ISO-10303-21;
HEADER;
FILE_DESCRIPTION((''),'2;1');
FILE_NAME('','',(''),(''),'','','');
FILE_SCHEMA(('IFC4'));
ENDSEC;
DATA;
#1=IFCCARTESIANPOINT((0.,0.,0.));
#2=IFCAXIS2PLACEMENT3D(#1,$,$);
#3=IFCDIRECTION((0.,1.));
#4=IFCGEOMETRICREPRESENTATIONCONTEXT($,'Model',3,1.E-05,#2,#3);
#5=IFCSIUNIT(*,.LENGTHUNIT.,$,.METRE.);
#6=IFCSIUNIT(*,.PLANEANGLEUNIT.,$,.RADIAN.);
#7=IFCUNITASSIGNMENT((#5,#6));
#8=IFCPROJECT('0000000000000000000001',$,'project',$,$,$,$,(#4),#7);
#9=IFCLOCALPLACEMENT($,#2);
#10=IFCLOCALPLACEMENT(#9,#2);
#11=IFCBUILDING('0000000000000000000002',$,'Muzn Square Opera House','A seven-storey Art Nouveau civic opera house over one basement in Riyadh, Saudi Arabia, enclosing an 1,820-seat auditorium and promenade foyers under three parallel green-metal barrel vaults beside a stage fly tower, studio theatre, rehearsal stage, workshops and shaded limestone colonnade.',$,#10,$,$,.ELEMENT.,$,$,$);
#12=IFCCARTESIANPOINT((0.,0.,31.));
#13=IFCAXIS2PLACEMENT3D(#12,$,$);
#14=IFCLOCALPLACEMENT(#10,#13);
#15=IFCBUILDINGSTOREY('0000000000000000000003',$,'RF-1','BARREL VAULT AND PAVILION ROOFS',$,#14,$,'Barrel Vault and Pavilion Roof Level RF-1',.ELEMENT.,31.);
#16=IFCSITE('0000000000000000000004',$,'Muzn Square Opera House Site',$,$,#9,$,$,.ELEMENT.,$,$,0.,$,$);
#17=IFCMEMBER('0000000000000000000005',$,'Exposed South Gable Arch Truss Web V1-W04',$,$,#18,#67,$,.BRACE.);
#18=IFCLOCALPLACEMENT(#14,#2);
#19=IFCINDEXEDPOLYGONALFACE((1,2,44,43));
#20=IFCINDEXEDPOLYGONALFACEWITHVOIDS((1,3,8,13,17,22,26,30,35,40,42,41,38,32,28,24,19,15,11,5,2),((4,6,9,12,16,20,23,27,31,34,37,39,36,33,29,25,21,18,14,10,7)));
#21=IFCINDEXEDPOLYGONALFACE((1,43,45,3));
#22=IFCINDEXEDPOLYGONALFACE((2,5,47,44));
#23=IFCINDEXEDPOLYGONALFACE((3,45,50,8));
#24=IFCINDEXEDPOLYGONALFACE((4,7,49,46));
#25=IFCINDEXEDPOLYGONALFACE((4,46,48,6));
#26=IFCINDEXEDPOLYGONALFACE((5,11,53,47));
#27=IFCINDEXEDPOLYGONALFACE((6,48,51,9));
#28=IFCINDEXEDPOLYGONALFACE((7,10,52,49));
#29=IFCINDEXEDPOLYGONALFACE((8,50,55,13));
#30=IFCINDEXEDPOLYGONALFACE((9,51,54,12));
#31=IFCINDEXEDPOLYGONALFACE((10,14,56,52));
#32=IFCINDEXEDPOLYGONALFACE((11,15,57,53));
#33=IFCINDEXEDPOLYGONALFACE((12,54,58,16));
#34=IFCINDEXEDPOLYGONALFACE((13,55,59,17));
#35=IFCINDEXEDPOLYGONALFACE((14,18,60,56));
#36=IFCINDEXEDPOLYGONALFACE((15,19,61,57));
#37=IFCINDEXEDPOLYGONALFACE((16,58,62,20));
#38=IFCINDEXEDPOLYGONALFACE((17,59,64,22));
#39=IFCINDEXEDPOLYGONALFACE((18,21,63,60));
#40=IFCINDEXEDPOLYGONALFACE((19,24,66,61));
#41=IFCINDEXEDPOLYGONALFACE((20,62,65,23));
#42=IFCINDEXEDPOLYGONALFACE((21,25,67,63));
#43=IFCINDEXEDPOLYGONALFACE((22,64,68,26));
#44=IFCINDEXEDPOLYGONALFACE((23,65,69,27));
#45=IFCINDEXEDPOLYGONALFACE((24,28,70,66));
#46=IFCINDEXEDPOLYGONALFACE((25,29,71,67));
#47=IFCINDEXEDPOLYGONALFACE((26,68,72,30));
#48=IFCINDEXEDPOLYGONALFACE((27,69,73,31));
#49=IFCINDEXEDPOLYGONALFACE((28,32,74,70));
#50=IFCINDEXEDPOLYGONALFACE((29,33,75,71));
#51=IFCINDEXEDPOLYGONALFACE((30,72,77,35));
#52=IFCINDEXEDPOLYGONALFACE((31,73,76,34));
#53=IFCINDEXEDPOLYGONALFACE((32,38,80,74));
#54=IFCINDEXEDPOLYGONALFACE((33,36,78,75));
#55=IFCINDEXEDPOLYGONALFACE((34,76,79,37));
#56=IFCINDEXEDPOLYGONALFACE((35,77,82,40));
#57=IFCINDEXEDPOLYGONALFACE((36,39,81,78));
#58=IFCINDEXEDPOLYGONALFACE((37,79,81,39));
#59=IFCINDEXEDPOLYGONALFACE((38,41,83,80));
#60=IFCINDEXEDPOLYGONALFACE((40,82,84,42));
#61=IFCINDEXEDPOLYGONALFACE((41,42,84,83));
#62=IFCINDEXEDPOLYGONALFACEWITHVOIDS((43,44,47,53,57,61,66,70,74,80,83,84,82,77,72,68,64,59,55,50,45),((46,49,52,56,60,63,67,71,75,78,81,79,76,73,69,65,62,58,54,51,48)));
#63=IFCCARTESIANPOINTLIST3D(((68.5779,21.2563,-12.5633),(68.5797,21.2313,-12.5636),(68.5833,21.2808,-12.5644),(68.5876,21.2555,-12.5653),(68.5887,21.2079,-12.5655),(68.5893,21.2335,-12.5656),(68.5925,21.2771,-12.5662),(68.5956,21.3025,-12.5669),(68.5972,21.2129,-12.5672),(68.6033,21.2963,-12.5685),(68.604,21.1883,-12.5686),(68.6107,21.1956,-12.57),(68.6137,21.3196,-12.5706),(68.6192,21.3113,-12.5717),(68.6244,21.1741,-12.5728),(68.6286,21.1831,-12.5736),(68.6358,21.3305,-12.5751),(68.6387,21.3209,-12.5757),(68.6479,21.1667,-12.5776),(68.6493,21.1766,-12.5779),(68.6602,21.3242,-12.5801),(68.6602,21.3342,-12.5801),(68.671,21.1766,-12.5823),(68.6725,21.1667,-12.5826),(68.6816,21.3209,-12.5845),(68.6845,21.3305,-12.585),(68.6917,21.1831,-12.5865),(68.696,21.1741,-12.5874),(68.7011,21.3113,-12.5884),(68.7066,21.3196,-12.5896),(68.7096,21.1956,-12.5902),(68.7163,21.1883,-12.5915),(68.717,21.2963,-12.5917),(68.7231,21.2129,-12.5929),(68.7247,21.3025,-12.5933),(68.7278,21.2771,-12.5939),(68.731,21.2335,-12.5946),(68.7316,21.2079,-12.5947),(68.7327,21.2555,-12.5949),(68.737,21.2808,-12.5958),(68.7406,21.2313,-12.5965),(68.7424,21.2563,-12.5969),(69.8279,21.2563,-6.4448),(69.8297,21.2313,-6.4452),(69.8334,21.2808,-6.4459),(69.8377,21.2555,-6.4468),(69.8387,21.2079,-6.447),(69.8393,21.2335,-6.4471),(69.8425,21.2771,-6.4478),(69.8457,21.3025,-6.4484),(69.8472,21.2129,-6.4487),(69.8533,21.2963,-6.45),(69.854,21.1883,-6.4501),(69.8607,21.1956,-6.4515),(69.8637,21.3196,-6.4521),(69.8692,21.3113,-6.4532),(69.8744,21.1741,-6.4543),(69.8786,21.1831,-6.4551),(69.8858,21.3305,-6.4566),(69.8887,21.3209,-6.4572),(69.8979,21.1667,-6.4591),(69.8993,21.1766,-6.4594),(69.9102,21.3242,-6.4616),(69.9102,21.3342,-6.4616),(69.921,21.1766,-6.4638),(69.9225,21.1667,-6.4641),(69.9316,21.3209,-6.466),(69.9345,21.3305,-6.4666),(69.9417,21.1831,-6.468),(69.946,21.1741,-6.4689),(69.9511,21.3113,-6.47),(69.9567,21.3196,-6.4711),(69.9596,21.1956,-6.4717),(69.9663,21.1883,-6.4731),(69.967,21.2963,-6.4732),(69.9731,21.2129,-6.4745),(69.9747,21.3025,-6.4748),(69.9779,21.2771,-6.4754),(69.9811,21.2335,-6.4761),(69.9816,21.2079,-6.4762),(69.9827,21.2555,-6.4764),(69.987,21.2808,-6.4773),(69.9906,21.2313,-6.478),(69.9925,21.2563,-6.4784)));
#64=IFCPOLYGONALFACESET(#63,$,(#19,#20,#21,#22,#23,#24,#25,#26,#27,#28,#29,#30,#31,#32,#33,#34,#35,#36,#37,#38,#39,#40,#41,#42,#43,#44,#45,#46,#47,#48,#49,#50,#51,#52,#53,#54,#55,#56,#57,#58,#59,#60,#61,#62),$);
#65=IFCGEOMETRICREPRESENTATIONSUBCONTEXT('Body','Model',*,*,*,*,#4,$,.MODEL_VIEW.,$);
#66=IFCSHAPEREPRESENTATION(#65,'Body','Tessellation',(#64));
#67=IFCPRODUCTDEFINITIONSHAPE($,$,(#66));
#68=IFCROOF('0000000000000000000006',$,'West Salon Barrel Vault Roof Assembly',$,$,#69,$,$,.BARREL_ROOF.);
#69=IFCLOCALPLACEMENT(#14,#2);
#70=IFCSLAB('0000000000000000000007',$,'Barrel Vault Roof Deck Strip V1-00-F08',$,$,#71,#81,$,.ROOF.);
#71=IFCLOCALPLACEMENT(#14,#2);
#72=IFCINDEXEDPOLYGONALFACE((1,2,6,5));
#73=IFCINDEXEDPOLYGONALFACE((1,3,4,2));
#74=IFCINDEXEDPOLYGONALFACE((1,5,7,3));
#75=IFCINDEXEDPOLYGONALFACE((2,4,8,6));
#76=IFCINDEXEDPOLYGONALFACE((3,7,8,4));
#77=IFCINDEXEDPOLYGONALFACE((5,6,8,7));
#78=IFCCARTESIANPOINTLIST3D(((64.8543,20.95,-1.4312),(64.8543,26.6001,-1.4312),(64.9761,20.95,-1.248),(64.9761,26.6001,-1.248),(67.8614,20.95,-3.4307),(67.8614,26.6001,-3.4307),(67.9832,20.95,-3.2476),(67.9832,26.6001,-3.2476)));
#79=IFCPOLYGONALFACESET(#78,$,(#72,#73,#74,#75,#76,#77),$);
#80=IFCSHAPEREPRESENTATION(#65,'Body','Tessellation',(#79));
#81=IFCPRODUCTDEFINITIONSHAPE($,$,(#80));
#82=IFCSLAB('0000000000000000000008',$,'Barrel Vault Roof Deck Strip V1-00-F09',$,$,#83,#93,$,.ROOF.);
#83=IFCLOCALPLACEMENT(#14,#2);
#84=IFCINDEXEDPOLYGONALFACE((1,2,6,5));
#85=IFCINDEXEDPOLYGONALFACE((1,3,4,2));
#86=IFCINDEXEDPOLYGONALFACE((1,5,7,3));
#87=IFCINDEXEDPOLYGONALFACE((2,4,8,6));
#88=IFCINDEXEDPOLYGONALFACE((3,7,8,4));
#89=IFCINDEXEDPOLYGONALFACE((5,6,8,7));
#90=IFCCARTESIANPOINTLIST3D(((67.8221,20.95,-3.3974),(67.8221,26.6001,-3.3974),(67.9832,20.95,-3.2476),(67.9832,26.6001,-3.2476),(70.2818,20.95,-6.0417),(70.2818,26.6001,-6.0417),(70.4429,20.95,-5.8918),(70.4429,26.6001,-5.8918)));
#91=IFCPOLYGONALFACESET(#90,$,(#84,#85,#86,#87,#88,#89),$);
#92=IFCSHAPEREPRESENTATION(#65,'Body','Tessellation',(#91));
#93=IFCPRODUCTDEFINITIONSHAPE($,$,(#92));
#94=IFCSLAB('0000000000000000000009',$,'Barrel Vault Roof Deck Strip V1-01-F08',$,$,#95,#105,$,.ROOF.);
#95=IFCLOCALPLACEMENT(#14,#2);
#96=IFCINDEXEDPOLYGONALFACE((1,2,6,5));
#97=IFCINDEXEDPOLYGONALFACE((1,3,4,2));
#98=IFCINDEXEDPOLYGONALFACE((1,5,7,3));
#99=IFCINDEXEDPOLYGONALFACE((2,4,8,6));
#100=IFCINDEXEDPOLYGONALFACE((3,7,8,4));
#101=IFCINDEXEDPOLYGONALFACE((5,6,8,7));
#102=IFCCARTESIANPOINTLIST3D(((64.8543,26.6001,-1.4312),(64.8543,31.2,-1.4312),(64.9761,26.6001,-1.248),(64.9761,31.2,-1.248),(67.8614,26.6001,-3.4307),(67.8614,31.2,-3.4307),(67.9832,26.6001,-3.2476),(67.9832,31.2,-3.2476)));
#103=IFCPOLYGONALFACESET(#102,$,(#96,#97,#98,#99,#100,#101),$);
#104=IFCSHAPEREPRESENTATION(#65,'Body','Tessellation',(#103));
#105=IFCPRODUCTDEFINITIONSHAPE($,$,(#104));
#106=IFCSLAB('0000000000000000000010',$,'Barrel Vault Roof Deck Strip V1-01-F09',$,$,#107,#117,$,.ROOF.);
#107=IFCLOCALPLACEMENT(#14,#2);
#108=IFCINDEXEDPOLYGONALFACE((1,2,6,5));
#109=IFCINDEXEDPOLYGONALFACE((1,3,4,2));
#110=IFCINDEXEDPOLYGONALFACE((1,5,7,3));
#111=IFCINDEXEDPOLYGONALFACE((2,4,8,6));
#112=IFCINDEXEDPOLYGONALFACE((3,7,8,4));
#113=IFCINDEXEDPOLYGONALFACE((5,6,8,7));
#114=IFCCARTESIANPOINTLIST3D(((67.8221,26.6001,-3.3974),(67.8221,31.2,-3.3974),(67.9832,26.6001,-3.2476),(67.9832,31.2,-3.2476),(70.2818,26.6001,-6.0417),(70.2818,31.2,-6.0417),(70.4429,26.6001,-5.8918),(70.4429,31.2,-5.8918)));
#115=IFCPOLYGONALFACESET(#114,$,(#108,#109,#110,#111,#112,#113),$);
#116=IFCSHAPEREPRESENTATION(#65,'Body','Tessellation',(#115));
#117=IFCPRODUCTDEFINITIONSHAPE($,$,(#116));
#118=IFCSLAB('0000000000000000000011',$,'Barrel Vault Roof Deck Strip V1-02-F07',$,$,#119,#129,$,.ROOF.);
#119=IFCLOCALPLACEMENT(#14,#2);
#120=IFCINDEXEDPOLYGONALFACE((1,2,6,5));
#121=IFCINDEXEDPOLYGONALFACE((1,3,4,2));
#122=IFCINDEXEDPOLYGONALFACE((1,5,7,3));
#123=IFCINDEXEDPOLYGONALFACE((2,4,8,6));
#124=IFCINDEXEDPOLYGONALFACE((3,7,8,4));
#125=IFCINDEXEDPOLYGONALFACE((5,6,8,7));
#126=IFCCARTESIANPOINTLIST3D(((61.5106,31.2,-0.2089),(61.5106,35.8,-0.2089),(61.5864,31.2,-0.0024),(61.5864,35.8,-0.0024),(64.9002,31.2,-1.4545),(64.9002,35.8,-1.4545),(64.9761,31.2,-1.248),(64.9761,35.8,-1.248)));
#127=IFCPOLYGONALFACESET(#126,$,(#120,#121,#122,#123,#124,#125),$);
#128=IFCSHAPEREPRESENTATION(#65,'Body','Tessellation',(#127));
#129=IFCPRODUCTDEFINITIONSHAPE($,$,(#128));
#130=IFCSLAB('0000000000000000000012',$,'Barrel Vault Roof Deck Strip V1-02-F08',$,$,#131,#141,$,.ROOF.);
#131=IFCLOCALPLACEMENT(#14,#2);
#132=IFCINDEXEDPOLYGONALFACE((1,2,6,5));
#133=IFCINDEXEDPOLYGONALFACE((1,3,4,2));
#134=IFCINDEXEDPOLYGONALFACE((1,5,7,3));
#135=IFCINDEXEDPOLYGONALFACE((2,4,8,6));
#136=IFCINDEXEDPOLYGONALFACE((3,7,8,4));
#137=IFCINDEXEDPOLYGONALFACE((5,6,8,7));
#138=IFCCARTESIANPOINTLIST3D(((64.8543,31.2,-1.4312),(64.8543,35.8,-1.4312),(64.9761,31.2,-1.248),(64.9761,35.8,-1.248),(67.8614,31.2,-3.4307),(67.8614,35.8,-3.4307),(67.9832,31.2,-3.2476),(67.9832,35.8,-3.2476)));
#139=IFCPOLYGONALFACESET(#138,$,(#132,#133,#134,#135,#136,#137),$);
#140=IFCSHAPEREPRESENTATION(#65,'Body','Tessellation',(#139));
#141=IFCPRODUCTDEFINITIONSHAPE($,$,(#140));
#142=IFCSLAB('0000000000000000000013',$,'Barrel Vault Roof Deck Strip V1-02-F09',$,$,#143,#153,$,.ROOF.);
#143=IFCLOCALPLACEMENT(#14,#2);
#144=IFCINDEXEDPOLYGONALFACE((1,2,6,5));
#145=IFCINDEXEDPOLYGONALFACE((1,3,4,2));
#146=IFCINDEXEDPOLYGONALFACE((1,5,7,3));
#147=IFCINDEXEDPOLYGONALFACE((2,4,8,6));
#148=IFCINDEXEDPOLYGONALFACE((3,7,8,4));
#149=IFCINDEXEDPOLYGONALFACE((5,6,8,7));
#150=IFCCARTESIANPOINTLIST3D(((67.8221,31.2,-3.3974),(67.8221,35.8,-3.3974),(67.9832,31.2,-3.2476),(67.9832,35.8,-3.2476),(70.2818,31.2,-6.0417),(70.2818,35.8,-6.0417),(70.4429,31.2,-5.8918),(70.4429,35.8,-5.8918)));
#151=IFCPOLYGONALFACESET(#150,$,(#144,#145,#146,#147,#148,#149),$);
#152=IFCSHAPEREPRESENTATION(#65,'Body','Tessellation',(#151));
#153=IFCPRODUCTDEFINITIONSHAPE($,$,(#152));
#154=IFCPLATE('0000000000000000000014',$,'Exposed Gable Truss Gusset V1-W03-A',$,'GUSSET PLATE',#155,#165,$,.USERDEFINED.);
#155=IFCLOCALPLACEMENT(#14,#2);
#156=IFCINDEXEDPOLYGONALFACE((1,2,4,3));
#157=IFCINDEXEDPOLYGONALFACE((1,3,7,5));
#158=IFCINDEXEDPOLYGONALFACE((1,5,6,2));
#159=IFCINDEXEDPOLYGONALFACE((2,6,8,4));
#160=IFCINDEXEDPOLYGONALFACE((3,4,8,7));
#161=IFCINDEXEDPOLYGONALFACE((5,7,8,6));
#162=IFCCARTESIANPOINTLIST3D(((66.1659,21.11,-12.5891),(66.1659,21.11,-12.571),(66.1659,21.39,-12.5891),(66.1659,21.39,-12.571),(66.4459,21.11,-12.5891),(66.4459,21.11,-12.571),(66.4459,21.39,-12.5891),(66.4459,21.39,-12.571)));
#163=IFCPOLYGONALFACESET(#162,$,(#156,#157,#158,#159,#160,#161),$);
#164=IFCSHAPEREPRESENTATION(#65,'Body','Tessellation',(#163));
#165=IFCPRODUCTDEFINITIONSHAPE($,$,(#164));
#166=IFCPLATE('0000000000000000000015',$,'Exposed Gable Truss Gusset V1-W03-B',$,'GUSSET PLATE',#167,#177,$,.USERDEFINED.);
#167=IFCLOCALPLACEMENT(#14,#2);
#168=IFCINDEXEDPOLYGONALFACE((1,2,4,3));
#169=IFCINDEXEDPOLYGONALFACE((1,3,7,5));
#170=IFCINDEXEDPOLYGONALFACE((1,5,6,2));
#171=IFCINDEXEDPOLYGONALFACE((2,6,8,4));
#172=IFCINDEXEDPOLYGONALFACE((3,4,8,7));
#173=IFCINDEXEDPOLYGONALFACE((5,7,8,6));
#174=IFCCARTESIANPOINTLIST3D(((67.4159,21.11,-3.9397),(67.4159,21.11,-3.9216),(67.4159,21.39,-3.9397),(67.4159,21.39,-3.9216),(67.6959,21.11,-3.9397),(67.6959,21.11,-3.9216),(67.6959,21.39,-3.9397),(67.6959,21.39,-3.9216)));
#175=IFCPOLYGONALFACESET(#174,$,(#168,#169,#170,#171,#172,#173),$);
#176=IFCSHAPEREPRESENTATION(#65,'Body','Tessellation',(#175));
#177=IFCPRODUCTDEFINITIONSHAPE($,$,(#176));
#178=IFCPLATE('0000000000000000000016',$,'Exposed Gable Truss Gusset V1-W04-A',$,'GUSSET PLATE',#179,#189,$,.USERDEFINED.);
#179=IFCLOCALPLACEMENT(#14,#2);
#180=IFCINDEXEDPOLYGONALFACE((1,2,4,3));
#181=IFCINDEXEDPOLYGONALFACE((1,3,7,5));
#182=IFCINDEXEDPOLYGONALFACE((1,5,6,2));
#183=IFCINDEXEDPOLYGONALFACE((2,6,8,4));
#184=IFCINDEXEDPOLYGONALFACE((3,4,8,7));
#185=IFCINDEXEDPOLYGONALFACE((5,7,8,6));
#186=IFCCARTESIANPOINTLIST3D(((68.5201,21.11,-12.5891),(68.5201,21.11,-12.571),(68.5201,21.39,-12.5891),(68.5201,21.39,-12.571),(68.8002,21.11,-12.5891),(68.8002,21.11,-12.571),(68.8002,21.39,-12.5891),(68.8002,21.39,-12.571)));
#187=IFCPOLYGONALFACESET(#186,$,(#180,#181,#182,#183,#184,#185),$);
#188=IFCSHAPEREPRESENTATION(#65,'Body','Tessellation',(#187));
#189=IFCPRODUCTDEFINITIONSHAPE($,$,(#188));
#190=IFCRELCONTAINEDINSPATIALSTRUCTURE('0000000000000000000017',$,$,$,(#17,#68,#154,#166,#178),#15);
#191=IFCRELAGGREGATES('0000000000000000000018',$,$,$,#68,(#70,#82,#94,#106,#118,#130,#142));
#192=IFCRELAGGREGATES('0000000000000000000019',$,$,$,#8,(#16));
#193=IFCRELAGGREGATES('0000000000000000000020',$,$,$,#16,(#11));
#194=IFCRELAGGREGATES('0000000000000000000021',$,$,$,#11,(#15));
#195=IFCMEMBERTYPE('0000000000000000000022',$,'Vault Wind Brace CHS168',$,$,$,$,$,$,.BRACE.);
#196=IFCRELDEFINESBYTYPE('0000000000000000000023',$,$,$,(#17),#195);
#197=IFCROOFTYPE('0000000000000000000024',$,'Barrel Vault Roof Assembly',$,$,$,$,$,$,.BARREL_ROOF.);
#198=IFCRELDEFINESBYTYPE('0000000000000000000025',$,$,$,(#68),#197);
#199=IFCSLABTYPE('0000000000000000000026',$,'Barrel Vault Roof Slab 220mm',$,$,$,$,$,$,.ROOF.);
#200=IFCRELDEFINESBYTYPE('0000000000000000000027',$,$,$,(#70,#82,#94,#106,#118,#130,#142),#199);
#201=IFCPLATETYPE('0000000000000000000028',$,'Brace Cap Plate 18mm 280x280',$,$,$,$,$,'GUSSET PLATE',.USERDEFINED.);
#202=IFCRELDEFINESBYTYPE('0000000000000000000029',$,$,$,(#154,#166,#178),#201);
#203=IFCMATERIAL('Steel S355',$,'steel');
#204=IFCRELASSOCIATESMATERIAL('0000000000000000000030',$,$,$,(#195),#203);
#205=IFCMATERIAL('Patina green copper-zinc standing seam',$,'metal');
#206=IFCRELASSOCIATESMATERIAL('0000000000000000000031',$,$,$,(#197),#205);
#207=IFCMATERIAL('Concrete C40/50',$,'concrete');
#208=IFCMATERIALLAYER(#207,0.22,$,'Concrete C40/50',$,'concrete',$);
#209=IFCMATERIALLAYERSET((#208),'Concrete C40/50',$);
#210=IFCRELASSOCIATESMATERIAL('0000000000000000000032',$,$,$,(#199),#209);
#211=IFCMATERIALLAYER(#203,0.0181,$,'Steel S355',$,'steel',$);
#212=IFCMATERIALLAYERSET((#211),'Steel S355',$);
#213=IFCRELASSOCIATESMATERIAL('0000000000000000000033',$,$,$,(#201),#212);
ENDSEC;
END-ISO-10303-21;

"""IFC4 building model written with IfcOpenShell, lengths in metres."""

from ifc_helpers import new_model, si_unit, direction, frame, origin, origin_2d, place, context, subcontext, project, spatial, polyline, rectangle, hollow_circle, outline, extrude, material, layer, layer_set, material_profile, profile_set, type_object, element, aggregate, save


model = new_model("IFC4")

# Units and contexts
model_context = context("Model", 3, precision=1e-05, world=origin(), true_north=direction((0.0, 1.0)))
body_context = subcontext(model_context, "Body", "Model", "MODEL_VIEW")
ifc_project = project(units=[si_unit("LENGTHUNIT", "METRE"), si_unit("PLANEANGLEUNIT", "RADIAN")], contexts=[model_context])

# Site, building, storey
site_placement = place(None, origin())
site = spatial("IfcSite", under=ifc_project, at=site_placement, Name="Muzn Square Opera House Site", CompositionType="ELEMENT", RefElevation=0.0)
building_placement = place(site_placement, origin())
building = spatial("IfcBuilding", under=site, at=building_placement, Name="Muzn Square Opera House", Description="A seven-storey Art Nouveau civic opera house over one basement in Riyadh, Saudi Arabia, enclosing an 1,820-seat auditorium and promenade foyers under three parallel green-metal barrel vaults beside a stage fly tower, studio theatre, rehearsal stage, workshops and shaded limestone colonnade.", CompositionType="ELEMENT")
storey_placement = place(building_placement, frame((0.0, 0.0, 31.0)))
storey = spatial("IfcBuildingStorey", under=building, at=storey_placement, Name="RF-1", Description="BARREL VAULT AND PAVILION ROOFS", LongName="Barrel Vault and Pavilion Roof Level RF-1", CompositionType="ELEMENT", Elevation=31.0)

# Shared definitions
ifc_material_1 = material(Name="Steel S355", Category="steel")

# Member
ifc_material_profile_1 = material_profile(ifc_material_1, hollow_circle(Radius=0.0842, WallThickness=0.01, at=origin_2d()), Name="CHS 168.3x10", Category="steel")
ifc_profile_set_1 = profile_set([ifc_material_profile_1], Name="Steel S355")
member_type = type_object("IfcMemberType", Name="Vault Wind Brace CHS168", PredefinedType="BRACE", material=ifc_profile_set_1)
member_1_placement = place(storey_placement, frame((68.6602, 21.25, -12.5801), z_axis=(0.200167, 0.0, 0.979762), x_axis=(0.0, 1.0, 0.0)))
element("IfcMember", 1, at=member_1_placement, inside=storey, type_object=member_type, Name="Exposed South Gable Arch Truss Web V1-W04", PredefinedType="BRACE", context=body_context, shape_type="SweptSolid", body=[
    extrude(hollow_circle(Radius=0.0842, WallThickness=0.01, at=origin_2d()), origin(), (0.0, 0.0, 1.0), 6.2449),
])

# Roof, slabs
ifc_material_2 = material(Name="Patina green copper-zinc standing seam", Category="metal")
roof_type = type_object("IfcRoofType", Name="Barrel Vault Roof Assembly", PredefinedType="BARREL_ROOF", material=ifc_material_2)
roof_placement = place(storey_placement, origin())
roof = element("IfcRoof", 2, at=roof_placement, inside=storey, type_object=roof_type, Name="West Salon Barrel Vault Roof Assembly", PredefinedType="BARREL_ROOF")
ifc_material_3 = material(Name="Concrete C40/50", Category="concrete")
ifc_layer_1 = layer(ifc_material_3, 0.22, Name="Concrete C40/50", Category="concrete")
ifc_layer_set_1 = layer_set([ifc_layer_1], Name="Concrete C40/50")
slab_type = type_object("IfcSlabType", Name="Barrel Vault Roof Slab 220mm", PredefinedType="ROOF", material=ifc_layer_set_1)
slab_1_placement = place(storey_placement, frame((64.9761, 20.95, -1.248), z_axis=(0.553701, 0.0, 0.832715), x_axis=(0.832715, 0.0, -0.553701)))
slab_1 = element("IfcSlab", 3, at=slab_1_placement, type_object=slab_type, Name="Barrel Vault Roof Deck Strip V1-00-F08", PredefinedType="ROOF", context=body_context, shape_type="SweptSolid", body=[
    extrude(outline(polyline([(0.0, 0.0), (3.6112, 0.0), (3.6112, 5.6501), (0.0, 5.6501), (0.0, 0.0)])), origin(), (0.0, 0.0, -1.0), 0.22),
])
slab_2_placement = place(storey_placement, frame((67.9832, 20.95, -3.2476), z_axis=(0.732198, 0.0, 0.681091), x_axis=(0.681091, 0.0, -0.732198)))
slab_2 = element("IfcSlab", 4, at=slab_2_placement, type_object=slab_type, Name="Barrel Vault Roof Deck Strip V1-00-F09", PredefinedType="ROOF", context=body_context, shape_type="SweptSolid", body=[
    extrude(outline(polyline([(0.0, 0.0), (3.6114, 0.0), (3.6114, 5.6501), (0.0, 5.6501), (0.0, 0.0)])), origin(), (0.0, 0.0, -1.0), 0.22),
])
slab_3_placement = place(storey_placement, frame((64.9761, 26.6001, -1.248), z_axis=(0.553701, 0.0, 0.832715), x_axis=(0.832715, 0.0, -0.553701)))
slab_3 = element("IfcSlab", 5, at=slab_3_placement, type_object=slab_type, Name="Barrel Vault Roof Deck Strip V1-01-F08", PredefinedType="ROOF", context=body_context, shape_type="SweptSolid", body=[
    extrude(outline(polyline([(0.0, 0.0), (3.6112, 0.0), (3.6112, 4.5999), (0.0, 4.5999), (0.0, 0.0)])), origin(), (0.0, 0.0, -1.0), 0.22),
])
slab_4_placement = place(storey_placement, frame((67.9832, 26.6001, -3.2476), z_axis=(0.732198, 0.0, 0.681091), x_axis=(0.681091, 0.0, -0.732198)))
slab_4 = element("IfcSlab", 6, at=slab_4_placement, type_object=slab_type, Name="Barrel Vault Roof Deck Strip V1-01-F09", PredefinedType="ROOF", context=body_context, shape_type="SweptSolid", body=[
    extrude(outline(polyline([(0.0, 0.0), (3.6114, 0.0), (3.6114, 4.5999), (0.0, 4.5999), (0.0, 0.0)])), origin(), (0.0, 0.0, -1.0), 0.22),
])
slab_5_placement = place(storey_placement, frame((61.5864, 31.2, -0.0024), z_axis=(0.344922, 0.0, 0.938631), x_axis=(0.938631, 0.0, -0.344922)))
slab_5 = element("IfcSlab", 7, at=slab_5_placement, type_object=slab_type, Name="Barrel Vault Roof Deck Strip V1-02-F07", PredefinedType="ROOF", context=body_context, shape_type="SweptSolid", body=[
    extrude(outline(polyline([(0.0, 0.0), (3.6113, 0.0), (3.6113, 4.6001), (0.0, 4.6001), (0.0, 0.0)])), origin(), (0.0, 0.0, -1.0), 0.22),
])
slab_6_placement = place(storey_placement, frame((64.9761, 31.2, -1.248), z_axis=(0.553701, 0.0, 0.832715), x_axis=(0.832715, 0.0, -0.553701)))
slab_6 = element("IfcSlab", 8, at=slab_6_placement, type_object=slab_type, Name="Barrel Vault Roof Deck Strip V1-02-F08", PredefinedType="ROOF", context=body_context, shape_type="SweptSolid", body=[
    extrude(outline(polyline([(0.0, 0.0), (3.6112, 0.0), (3.6112, 4.6001), (0.0, 4.6001), (0.0, 0.0)])), origin(), (0.0, 0.0, -1.0), 0.22),
])
slab_7_placement = place(storey_placement, frame((67.9832, 31.2, -3.2476), z_axis=(0.732198, 0.0, 0.681091), x_axis=(0.681091, 0.0, -0.732198)))
slab_7 = element("IfcSlab", 9, at=slab_7_placement, type_object=slab_type, Name="Barrel Vault Roof Deck Strip V1-02-F09", PredefinedType="ROOF", context=body_context, shape_type="SweptSolid", body=[
    extrude(outline(polyline([(0.0, 0.0), (3.6114, 0.0), (3.6114, 4.6001), (0.0, 4.6001), (0.0, 0.0)])), origin(), (0.0, 0.0, -1.0), 0.22),
])
aggregate(roof, [slab_1, slab_2, slab_3, slab_4, slab_5, slab_6, slab_7])

# Plates
ifc_layer_2 = layer(ifc_material_1, 0.0181, Name="Steel S355", Category="steel")
ifc_layer_set_2 = layer_set([ifc_layer_2], Name="Steel S355")
plate_type = type_object("IfcPlateType", Name="Brace Cap Plate 18mm 280x280", ElementType="GUSSET PLATE", PredefinedType="USERDEFINED", material=ifc_layer_set_2)
for number, where, z_axis, x_axis, name in (
    (10, (66.3059, 21.25, -12.5891), (0.0, 0.0, 1.0), (1.0, 0.0, 0.0), "Exposed Gable Truss Gusset V1-W03-A"),
    (11, (67.5559, 21.25, -3.9397), (0.0, 0.0, 1.0), (1.0, 0.0, 0.0), "Exposed Gable Truss Gusset V1-W03-B"),
    (12, (68.6602, 21.25, -12.5891), (0.0, 0.0, 1.0), (1.0, 0.0, 0.0), "Exposed Gable Truss Gusset V1-W04-A"),
):
    element("IfcPlate", number, at=place(storey_placement, frame(where, z_axis=z_axis, x_axis=x_axis)), inside=storey, type_object=plate_type, Name=name, ObjectType="GUSSET PLATE", PredefinedType="USERDEFINED", context=body_context, shape_type="SweptSolid", body=[
        extrude(rectangle(XDim=0.28, YDim=0.28, at=origin_2d()), origin(), (0.0, 0.0, 1.0), 0.0181),
    ])

save(model, "model.ifc")
